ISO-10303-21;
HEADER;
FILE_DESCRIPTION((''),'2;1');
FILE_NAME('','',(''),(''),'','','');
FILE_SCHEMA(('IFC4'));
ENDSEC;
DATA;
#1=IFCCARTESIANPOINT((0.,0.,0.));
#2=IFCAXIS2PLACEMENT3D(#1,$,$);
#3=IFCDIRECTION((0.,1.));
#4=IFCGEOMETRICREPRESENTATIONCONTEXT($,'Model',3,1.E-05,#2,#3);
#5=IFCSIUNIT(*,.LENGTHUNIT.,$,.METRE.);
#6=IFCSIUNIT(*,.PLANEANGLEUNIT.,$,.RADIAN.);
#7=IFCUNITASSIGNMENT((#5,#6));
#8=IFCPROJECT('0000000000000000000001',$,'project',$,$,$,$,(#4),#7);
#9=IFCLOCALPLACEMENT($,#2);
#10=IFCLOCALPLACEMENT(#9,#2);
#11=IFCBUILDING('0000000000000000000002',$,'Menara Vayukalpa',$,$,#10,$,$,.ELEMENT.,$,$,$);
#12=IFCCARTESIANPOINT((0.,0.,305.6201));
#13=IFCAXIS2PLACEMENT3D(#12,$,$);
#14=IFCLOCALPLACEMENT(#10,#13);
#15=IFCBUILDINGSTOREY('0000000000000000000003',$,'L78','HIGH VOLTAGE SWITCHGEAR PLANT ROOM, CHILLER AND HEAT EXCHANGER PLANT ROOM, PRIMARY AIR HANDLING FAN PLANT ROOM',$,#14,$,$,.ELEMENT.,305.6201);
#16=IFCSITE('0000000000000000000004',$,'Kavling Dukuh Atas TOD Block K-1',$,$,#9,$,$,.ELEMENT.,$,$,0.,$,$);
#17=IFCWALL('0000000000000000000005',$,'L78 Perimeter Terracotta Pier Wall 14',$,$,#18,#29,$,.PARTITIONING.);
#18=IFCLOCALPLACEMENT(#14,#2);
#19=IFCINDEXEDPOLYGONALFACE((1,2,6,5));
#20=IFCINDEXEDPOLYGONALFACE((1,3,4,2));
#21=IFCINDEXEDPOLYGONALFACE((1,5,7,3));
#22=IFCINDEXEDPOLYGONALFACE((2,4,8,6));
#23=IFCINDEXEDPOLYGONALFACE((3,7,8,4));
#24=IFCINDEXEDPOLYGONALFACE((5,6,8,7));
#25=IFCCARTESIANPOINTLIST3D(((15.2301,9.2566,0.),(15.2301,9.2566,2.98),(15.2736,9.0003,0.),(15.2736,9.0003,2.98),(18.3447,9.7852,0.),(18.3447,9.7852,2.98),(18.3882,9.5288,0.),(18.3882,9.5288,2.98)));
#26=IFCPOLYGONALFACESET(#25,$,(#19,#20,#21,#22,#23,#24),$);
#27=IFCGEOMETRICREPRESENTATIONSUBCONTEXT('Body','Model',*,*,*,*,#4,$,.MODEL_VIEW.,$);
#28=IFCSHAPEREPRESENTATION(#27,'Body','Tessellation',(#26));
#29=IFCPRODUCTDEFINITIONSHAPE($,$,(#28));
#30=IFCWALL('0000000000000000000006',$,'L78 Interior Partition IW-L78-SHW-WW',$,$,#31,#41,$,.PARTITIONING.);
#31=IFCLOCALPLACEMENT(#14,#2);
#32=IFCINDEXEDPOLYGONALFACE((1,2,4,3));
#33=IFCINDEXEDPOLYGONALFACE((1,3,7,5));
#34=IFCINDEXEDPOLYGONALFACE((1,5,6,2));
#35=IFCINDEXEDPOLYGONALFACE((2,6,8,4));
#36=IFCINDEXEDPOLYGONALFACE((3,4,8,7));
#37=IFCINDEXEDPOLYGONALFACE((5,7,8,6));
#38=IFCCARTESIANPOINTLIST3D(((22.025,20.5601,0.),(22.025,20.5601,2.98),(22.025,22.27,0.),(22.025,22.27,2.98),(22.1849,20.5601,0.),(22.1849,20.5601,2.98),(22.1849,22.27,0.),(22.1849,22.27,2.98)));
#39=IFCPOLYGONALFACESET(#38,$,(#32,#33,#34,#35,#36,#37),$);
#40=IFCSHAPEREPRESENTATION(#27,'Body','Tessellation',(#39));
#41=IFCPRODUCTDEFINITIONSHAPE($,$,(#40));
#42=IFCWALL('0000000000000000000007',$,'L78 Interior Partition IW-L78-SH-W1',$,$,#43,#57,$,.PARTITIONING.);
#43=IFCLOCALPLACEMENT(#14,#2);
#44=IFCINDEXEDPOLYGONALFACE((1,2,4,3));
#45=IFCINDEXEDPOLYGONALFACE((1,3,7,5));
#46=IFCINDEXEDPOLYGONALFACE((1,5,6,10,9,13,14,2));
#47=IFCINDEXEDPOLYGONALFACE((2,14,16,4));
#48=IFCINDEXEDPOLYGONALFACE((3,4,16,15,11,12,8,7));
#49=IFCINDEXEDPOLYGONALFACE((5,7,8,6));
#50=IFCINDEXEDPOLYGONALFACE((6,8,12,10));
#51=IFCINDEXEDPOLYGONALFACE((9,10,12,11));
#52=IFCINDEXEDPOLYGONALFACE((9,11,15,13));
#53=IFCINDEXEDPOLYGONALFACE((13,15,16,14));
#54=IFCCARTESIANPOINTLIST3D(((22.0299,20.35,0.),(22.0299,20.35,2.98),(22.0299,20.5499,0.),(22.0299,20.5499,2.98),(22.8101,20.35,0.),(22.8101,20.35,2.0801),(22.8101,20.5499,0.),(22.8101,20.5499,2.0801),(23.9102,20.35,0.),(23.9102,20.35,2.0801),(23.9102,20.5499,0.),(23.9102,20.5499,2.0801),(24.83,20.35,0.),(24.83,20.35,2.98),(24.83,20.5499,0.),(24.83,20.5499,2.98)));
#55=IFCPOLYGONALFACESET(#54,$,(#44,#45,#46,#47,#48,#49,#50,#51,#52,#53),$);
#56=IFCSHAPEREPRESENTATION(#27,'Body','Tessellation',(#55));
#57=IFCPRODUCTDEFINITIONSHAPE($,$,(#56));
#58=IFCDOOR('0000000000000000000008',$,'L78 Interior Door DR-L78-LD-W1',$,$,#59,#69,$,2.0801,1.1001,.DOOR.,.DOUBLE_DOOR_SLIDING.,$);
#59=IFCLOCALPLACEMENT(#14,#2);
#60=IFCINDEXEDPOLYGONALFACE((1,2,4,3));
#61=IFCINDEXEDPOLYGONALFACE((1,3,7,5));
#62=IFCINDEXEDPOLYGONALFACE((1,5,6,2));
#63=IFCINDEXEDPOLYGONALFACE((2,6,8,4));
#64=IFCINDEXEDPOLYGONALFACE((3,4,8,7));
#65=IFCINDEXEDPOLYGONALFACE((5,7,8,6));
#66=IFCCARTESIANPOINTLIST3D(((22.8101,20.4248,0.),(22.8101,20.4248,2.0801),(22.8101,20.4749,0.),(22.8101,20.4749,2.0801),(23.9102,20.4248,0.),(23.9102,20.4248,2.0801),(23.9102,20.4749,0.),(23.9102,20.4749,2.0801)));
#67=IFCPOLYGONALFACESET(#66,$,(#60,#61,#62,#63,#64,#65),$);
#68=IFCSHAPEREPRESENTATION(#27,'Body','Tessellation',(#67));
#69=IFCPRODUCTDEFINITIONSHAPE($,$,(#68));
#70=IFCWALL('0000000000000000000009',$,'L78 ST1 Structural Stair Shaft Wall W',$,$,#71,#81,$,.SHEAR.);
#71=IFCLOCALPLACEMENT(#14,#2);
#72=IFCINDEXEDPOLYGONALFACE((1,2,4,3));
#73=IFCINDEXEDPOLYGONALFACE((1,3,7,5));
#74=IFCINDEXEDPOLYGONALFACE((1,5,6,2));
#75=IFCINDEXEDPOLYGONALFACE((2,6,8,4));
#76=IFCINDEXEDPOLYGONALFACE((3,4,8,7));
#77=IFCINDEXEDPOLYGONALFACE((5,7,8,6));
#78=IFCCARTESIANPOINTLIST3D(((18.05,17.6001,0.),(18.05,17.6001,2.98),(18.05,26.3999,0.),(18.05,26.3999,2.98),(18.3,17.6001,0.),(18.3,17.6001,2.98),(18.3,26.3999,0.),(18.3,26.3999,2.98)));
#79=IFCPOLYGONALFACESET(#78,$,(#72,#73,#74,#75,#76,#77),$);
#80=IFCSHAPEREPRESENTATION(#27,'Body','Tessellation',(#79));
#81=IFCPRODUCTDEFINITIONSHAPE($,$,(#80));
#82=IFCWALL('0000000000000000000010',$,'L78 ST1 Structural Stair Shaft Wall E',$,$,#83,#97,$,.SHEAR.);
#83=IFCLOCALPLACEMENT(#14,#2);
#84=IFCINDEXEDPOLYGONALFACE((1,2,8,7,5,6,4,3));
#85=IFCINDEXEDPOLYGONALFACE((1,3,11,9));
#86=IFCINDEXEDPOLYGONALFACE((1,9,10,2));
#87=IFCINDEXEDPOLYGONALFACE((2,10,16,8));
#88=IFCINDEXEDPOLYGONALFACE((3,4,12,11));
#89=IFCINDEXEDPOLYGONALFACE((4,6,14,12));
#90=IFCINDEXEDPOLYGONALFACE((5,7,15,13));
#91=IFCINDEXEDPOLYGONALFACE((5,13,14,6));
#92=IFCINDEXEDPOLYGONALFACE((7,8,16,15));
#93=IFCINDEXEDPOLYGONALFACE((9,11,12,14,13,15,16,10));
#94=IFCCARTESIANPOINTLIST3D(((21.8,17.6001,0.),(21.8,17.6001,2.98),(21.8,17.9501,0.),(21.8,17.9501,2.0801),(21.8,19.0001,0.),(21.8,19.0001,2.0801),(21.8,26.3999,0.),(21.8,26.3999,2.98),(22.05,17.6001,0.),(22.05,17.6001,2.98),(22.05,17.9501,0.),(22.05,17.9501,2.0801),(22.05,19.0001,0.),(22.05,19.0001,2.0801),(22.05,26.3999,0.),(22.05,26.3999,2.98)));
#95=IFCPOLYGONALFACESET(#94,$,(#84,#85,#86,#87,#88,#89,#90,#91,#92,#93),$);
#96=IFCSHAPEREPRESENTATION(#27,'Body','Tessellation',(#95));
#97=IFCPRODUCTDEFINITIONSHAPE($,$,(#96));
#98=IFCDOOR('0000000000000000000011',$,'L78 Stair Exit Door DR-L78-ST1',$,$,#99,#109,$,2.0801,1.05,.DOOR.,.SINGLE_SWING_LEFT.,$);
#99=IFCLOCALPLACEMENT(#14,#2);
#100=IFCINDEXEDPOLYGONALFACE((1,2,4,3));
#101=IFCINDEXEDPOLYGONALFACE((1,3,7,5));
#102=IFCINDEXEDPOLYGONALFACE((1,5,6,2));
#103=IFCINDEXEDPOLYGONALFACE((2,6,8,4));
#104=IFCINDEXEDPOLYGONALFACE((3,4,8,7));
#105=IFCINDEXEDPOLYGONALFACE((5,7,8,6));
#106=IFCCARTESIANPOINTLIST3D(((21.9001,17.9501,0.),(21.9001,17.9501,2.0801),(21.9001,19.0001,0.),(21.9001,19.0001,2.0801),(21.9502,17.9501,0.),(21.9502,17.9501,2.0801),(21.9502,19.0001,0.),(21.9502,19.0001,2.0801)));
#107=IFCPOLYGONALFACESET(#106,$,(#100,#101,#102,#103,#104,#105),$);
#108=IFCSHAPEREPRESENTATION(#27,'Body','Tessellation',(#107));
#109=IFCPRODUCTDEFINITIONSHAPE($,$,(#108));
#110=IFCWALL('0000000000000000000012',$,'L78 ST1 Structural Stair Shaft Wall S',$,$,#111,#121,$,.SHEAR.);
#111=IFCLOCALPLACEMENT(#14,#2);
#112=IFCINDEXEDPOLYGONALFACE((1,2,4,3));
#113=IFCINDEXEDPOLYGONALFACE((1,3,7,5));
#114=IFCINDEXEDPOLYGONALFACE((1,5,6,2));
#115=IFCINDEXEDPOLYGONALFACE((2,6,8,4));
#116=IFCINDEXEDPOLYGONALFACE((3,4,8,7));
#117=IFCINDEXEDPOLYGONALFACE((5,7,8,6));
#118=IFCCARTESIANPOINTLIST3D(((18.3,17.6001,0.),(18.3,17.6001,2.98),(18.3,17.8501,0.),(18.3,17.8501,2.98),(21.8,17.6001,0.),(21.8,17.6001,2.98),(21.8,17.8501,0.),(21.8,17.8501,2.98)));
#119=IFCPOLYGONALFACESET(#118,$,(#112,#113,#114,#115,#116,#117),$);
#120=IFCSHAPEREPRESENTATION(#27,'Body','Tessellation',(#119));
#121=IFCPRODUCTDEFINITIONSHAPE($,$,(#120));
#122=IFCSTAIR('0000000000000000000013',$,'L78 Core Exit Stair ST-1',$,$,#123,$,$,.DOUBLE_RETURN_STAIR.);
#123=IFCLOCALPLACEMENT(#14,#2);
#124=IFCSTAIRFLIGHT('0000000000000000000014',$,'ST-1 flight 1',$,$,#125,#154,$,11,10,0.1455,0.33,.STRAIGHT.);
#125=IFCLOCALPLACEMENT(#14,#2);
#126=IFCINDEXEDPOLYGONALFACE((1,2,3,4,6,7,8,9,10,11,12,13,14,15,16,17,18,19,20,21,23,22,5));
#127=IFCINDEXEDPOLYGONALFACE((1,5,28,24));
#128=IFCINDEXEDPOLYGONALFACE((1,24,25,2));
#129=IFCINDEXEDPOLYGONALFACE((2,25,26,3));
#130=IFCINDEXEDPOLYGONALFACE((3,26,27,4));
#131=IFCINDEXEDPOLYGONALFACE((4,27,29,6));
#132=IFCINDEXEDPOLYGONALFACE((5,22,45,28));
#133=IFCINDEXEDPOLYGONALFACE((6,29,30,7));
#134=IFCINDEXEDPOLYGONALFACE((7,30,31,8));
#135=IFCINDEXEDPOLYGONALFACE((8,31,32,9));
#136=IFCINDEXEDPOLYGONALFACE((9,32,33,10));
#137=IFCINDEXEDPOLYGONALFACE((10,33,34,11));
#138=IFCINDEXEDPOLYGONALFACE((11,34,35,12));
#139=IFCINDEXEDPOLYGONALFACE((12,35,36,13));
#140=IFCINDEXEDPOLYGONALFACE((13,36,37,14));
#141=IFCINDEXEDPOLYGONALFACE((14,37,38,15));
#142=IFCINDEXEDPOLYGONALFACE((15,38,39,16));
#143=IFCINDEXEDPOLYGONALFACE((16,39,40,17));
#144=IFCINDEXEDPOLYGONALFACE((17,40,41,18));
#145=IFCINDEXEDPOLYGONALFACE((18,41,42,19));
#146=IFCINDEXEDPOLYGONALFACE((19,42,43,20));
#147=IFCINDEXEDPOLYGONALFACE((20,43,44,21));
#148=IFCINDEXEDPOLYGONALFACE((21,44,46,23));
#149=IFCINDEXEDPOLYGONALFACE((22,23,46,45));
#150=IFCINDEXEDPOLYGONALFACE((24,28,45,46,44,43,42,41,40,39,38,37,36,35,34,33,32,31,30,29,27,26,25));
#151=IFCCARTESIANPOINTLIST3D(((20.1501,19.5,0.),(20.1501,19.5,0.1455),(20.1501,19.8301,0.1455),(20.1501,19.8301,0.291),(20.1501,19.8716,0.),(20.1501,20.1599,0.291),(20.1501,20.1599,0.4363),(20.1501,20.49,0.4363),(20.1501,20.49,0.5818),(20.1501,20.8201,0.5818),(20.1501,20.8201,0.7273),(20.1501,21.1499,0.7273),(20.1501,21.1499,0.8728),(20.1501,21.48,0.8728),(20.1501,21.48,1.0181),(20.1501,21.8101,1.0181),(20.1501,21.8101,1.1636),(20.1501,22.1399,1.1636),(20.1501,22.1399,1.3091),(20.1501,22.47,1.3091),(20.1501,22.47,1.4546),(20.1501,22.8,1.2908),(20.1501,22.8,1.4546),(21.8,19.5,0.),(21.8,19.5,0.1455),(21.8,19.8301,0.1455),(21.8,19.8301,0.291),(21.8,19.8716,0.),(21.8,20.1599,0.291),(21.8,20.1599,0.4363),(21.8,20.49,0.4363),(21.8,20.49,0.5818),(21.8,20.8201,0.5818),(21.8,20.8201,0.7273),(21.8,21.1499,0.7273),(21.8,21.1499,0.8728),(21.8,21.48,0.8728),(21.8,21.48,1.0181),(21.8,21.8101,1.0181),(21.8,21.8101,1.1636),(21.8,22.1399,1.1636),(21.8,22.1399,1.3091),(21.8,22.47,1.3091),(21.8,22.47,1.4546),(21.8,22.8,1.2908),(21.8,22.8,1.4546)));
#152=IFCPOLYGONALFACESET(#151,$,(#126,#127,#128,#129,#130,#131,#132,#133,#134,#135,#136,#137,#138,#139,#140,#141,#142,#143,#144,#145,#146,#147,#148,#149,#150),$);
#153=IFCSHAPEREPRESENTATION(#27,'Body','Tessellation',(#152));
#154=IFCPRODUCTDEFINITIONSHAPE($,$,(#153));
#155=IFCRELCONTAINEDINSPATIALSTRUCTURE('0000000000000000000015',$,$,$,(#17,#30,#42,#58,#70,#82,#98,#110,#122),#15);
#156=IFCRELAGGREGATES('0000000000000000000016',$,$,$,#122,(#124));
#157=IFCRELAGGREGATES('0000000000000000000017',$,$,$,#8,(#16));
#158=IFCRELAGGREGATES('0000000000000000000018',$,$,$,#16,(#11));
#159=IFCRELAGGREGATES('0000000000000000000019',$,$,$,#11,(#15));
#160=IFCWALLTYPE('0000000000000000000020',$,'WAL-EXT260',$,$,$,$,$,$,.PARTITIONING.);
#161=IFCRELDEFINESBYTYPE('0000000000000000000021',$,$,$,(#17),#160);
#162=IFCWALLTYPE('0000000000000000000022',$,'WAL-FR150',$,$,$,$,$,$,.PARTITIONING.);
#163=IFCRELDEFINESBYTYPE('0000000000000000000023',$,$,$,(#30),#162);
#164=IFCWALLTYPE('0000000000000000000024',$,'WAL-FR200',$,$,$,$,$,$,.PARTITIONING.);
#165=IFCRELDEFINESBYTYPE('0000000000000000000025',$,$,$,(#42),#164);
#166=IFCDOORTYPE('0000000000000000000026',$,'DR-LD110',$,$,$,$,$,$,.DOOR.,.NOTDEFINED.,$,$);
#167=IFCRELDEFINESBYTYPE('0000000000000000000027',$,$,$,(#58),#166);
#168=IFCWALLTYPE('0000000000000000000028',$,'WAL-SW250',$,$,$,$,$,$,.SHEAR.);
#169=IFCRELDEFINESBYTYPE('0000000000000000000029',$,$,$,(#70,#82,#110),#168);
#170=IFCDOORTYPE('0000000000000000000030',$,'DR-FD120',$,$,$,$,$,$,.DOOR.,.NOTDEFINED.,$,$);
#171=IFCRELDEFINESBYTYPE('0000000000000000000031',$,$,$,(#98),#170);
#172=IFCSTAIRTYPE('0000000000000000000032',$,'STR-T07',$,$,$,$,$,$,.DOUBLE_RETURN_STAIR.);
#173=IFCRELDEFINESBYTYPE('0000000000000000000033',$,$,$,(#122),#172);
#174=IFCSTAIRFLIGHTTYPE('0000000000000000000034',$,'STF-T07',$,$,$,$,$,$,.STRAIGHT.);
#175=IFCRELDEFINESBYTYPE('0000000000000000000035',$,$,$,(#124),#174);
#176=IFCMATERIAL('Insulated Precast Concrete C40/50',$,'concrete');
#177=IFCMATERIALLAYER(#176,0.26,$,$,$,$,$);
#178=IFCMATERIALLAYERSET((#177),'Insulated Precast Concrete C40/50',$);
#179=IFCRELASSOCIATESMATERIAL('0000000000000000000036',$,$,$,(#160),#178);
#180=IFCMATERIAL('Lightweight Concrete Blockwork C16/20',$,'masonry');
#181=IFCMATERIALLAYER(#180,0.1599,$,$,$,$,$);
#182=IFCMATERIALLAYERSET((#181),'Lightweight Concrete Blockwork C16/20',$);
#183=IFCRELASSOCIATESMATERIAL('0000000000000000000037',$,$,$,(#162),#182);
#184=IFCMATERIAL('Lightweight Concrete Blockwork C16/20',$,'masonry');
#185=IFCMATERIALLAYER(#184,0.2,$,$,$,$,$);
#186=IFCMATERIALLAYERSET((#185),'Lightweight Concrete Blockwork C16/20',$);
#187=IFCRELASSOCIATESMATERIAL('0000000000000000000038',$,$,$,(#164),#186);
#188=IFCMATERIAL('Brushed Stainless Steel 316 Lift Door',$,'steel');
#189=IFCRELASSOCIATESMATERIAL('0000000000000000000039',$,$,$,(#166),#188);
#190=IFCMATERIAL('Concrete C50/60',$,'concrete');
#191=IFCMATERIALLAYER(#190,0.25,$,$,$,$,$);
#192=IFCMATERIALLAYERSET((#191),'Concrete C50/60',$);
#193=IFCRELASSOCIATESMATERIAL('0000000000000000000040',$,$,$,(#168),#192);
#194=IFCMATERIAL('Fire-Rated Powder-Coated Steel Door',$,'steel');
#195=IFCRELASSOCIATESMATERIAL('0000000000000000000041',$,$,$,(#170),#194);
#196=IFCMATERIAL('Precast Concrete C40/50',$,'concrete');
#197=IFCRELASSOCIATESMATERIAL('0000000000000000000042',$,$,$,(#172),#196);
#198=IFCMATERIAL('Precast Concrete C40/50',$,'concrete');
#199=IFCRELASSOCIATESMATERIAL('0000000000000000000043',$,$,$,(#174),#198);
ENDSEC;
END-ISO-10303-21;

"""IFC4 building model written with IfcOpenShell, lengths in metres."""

from ifc_helpers import new_model, si_unit, direction, frame, frame_2d, origin, place, context, subcontext, project, spatial, polyline, rectangle, outline, extrude, material, layer, layer_set, type_object, element, fill, aggregate, save


model = new_model("IFC4")

# Units and contexts
model_context = context("Model", 3, precision=1e-05, world=origin(), true_north=direction((0.0, 1.0)))
body_context = subcontext(model_context, "Body", "Model", "MODEL_VIEW")
ifc_project = project(units=[si_unit("LENGTHUNIT", "METRE"), si_unit("PLANEANGLEUNIT", "RADIAN")], contexts=[model_context])

# Site, building, storey
site_placement = place(None, origin())
site = spatial("IfcSite", under=ifc_project, at=site_placement, Name="Kavling Dukuh Atas TOD Block K-1", CompositionType="ELEMENT", RefElevation=0.0)
building_placement = place(site_placement, origin())
building = spatial("IfcBuilding", under=site, at=building_placement, Name="Menara Vayukalpa", CompositionType="ELEMENT")
storey_placement = place(building_placement, frame((0.0, 0.0, 305.6201)))
storey = spatial("IfcBuildingStorey", under=building, at=storey_placement, Name="L78", Description="HIGH VOLTAGE SWITCHGEAR PLANT ROOM, CHILLER AND HEAT EXCHANGER PLANT ROOM, PRIMARY AIR HANDLING FAN PLANT ROOM", CompositionType="ELEMENT", Elevation=305.6201)

# Walls
ifc_material_1 = material(Name="Insulated Precast Concrete C40/50", Category="concrete")
ifc_layer_1 = layer(ifc_material_1, 0.26)
ifc_layer_set_1 = layer_set([ifc_layer_1], Name="Insulated Precast Concrete C40/50")
wall_type_1 = type_object("IfcWallType", Name="WAL-EXT260", PredefinedType="PARTITIONING", material=ifc_layer_set_1)
wall_1_placement = place(storey_placement, frame((18.3665, 9.657, 0.0), z_axis=(0.0, 0.0, 1.0), x_axis=(-0.985905, -0.167306, 0.0)))
element("IfcWall", 1, at=wall_1_placement, inside=storey, type_object=wall_type_1, Name="L78 Perimeter Terracotta Pier Wall 14", PredefinedType="PARTITIONING", context=body_context, shape_type="SweptSolid", body=[
    extrude(rectangle(XDim=3.1592, YDim=0.26, at=frame_2d((1.5796, 0.0))), origin(), (0.0, 0.0, 1.0), 2.98),
])
ifc_material_2 = material(Name="Lightweight Concrete Blockwork C16/20", Category="masonry")
ifc_layer_2 = layer(ifc_material_2, 0.1599)
ifc_layer_set_2 = layer_set([ifc_layer_2], Name="Lightweight Concrete Blockwork C16/20")
wall_type_2 = type_object("IfcWallType", Name="WAL-FR150", PredefinedType="PARTITIONING", material=ifc_layer_set_2)
wall_2_placement = place(storey_placement, frame((22.105, 20.5601, 0.0), z_axis=(0.0, 0.0, 1.0), x_axis=(0.0, 1.0, 0.0)))
element("IfcWall", 2, at=wall_2_placement, inside=storey, type_object=wall_type_2, Name="L78 Interior Partition IW-L78-SHW-WW", PredefinedType="PARTITIONING", context=body_context, shape_type="SweptSolid", body=[
    extrude(rectangle(XDim=1.71, YDim=0.1599, at=frame_2d((0.855, 0.0))), origin(), (0.0, 0.0, 1.0), 2.98),
])

# Wall, opening, door
ifc_material_3 = material(Name="Lightweight Concrete Blockwork C16/20", Category="masonry")
ifc_layer_3 = layer(ifc_material_3, 0.2)
ifc_layer_set_3 = layer_set([ifc_layer_3], Name="Lightweight Concrete Blockwork C16/20")
wall_type_3 = type_object("IfcWallType", Name="WAL-FR200", PredefinedType="PARTITIONING", material=ifc_layer_set_3)
wall_3_placement = place(storey_placement, frame((22.03, 20.45, 0.0), z_axis=(0.0, 0.0, 1.0), x_axis=(1.0, 0.0, 0.0)))
wall_3 = element("IfcWall", 3, at=wall_3_placement, inside=storey, type_object=wall_type_3, Name="L78 Interior Partition IW-L78-SH-W1", PredefinedType="PARTITIONING", context=body_context, shape_type="SweptSolid", body=[
    extrude(rectangle(XDim=2.8, YDim=0.2, at=frame_2d((1.3999, 0.0))), origin(), (0.0, 0.0, 1.0), 2.98),
])
opening_1_placement = place(wall_3_placement, frame((0.78, 0.0, 0.0)))
opening_1 = element("IfcOpeningElement", 4, at=opening_1_placement, cuts=wall_3, PredefinedType="OPENING", context=body_context, shape_type="SweptSolid", body=[
    extrude(rectangle(XDim=1.1001, YDim=2.0801, at=frame_2d((0.55, 1.04))), frame((0.0, 0.1099, 0.0), z_axis=(0.0, -1.0, 0.0), x_axis=(1.0, 0.0, 0.0)), (0.0, 0.0, 1.0), 0.22),
])
ifc_material_4 = material(Name="Brushed Stainless Steel 316 Lift Door", Category="steel")
door_type_1 = type_object("IfcDoorType", Name="DR-LD110", OperationType="NOTDEFINED", PredefinedType="DOOR", material=ifc_material_4)
door_1_placement = place(opening_1_placement, origin())
door_1 = element("IfcDoor", 5, at=door_1_placement, inside=storey, type_object=door_type_1, Name="L78 Interior Door DR-L78-LD-W1", OperationType="DOUBLE_DOOR_SLIDING", OverallHeight=2.0801, OverallWidth=1.1001, PredefinedType="DOOR", context=body_context, shape_type="SweptSolid", body=[
    extrude(rectangle(XDim=1.1001, YDim=2.0801, at=frame_2d((0.55, 1.04))), frame((0.0, 0.0249, 0.0), z_axis=(0.0, -1.0, 0.0), x_axis=(1.0, 0.0, 0.0)), (0.0, 0.0, 1.0), 0.05),
])
fill(opening_1, door_1)

# Wall
ifc_material_5 = material(Name="Concrete C50/60", Category="concrete")
ifc_layer_4 = layer(ifc_material_5, 0.25)
ifc_layer_set_4 = layer_set([ifc_layer_4], Name="Concrete C50/60")
wall_type_4 = type_object("IfcWallType", Name="WAL-SW250", PredefinedType="SHEAR", material=ifc_layer_set_4)
wall_4_placement = place(storey_placement, frame((18.175, 17.6001, 0.0), z_axis=(0.0, 0.0, 1.0), x_axis=(0.0, 1.0, 0.0)))
element("IfcWall", 6, at=wall_4_placement, inside=storey, type_object=wall_type_4, Name="L78 ST1 Structural Stair Shaft Wall W", PredefinedType="SHEAR", context=body_context, shape_type="SweptSolid", body=[
    extrude(rectangle(XDim=8.7998, YDim=0.25, at=frame_2d((4.3999, 0.0))), origin(), (0.0, 0.0, 1.0), 2.98),
])

# Wall, opening, door
wall_5_placement = place(storey_placement, frame((21.925, 17.6001, 0.0), z_axis=(0.0, 0.0, 1.0), x_axis=(0.0, 1.0, 0.0)))
wall_5 = element("IfcWall", 7, at=wall_5_placement, inside=storey, type_object=wall_type_4, Name="L78 ST1 Structural Stair Shaft Wall E", PredefinedType="SHEAR", context=body_context, shape_type="SweptSolid", body=[
    extrude(rectangle(XDim=8.7998, YDim=0.25, at=frame_2d((4.3999, 0.0))), origin(), (0.0, 0.0, 1.0), 2.98),
])
opening_2_placement = place(wall_5_placement, frame((0.3501, 0.0, 0.0)))
opening_2 = element("IfcOpeningElement", 8, at=opening_2_placement, cuts=wall_5, PredefinedType="OPENING", context=body_context, shape_type="SweptSolid", body=[
    extrude(rectangle(XDim=1.05, YDim=2.0801, at=frame_2d((0.5249, 1.04))), frame((0.0, 0.135, 0.0), z_axis=(0.0, -1.0, 0.0), x_axis=(1.0, 0.0, 0.0)), (0.0, 0.0, 1.0), 0.27),
])
ifc_material_6 = material(Name="Fire-Rated Powder-Coated Steel Door", Category="steel")
door_type_2 = type_object("IfcDoorType", Name="DR-FD120", OperationType="NOTDEFINED", PredefinedType="DOOR", material=ifc_material_6)
door_2_placement = place(opening_2_placement, origin())
door_2 = element("IfcDoor", 9, at=door_2_placement, inside=storey, type_object=door_type_2, Name="L78 Stair Exit Door DR-L78-ST1", OperationType="SINGLE_SWING_LEFT", OverallHeight=2.0801, OverallWidth=1.05, PredefinedType="DOOR", context=body_context, shape_type="SweptSolid", body=[
    extrude(rectangle(XDim=1.05, YDim=2.0801, at=frame_2d((0.5249, 1.04))), frame((0.0, 0.0249, 0.0), z_axis=(0.0, -1.0, 0.0), x_axis=(1.0, 0.0, 0.0)), (0.0, 0.0, 1.0), 0.05),
])
fill(opening_2, door_2)

# Wall
wall_6_placement = place(storey_placement, frame((18.3, 17.7251, 0.0), z_axis=(0.0, 0.0, 1.0), x_axis=(1.0, 0.0, 0.0)))
element("IfcWall", 10, at=wall_6_placement, inside=storey, type_object=wall_type_4, Name="L78 ST1 Structural Stair Shaft Wall S", PredefinedType="SHEAR", context=body_context, shape_type="SweptSolid", body=[
    extrude(rectangle(XDim=3.5, YDim=0.25, at=frame_2d((1.75, 0.0))), origin(), (0.0, 0.0, 1.0), 2.98),
])

# Stair, stair flight
ifc_material_7 = material(Name="Precast Concrete C40/50", Category="concrete")
stair_type = type_object("IfcStairType", Name="STR-T07", PredefinedType="DOUBLE_RETURN_STAIR", material=ifc_material_7)
stair_placement = place(storey_placement, origin())
stair = element("IfcStair", 11, at=stair_placement, inside=storey, type_object=stair_type, Name="L78 Core Exit Stair ST-1", PredefinedType="DOUBLE_RETURN_STAIR")
ifc_material_8 = material(Name="Precast Concrete C40/50", Category="concrete")
stair_flight_type = type_object("IfcStairFlightType", Name="STF-T07", PredefinedType="STRAIGHT", material=ifc_material_8)
stair_flight_placement = place(storey_placement, frame((20.9751, 19.5, 0.0), z_axis=(0.0, 0.0, 1.0), x_axis=(0.0, 1.0, 0.0)))
stair_flight = element("IfcStairFlight", 12, at=stair_flight_placement, type_object=stair_flight_type, Name="ST-1 flight 1", NumberOfRisers=11, NumberOfTreads=10, PredefinedType="STRAIGHT", RiserHeight=0.1455, TreadLength=0.33, context=body_context, shape_type="SweptSolid", body=[
    extrude(outline(polyline([(0.0, 0.0), (0.0, 0.1455), (0.3301, 0.1455), (0.3301, 0.291), (0.6599, 0.291), (0.6599, 0.4363), (0.99, 0.4363), (0.99, 0.5818), (1.3201, 0.5818), (1.3201, 0.7273), (1.6499, 0.7273), (1.6499, 0.8728), (1.98, 0.8728), (1.98, 1.0181), (2.3101, 1.0181), (2.3101, 1.1636), (2.6399, 1.1636), (2.6399, 1.3091), (2.97, 1.3091), (2.97, 1.4546), (3.3, 1.4546), (3.3, 1.6001), (3.3, 1.2908), (0.3716, 0.0), (0.0, 0.0)])), frame((0.0, 0.825, 0.0), z_axis=(0.0, -1.0, 0.0), x_axis=(1.0, 0.0, 0.0)), (0.0, 0.0, 1.0), 1.6499),
])
aggregate(stair, [stair_flight])

save(model, "model.ifc")
